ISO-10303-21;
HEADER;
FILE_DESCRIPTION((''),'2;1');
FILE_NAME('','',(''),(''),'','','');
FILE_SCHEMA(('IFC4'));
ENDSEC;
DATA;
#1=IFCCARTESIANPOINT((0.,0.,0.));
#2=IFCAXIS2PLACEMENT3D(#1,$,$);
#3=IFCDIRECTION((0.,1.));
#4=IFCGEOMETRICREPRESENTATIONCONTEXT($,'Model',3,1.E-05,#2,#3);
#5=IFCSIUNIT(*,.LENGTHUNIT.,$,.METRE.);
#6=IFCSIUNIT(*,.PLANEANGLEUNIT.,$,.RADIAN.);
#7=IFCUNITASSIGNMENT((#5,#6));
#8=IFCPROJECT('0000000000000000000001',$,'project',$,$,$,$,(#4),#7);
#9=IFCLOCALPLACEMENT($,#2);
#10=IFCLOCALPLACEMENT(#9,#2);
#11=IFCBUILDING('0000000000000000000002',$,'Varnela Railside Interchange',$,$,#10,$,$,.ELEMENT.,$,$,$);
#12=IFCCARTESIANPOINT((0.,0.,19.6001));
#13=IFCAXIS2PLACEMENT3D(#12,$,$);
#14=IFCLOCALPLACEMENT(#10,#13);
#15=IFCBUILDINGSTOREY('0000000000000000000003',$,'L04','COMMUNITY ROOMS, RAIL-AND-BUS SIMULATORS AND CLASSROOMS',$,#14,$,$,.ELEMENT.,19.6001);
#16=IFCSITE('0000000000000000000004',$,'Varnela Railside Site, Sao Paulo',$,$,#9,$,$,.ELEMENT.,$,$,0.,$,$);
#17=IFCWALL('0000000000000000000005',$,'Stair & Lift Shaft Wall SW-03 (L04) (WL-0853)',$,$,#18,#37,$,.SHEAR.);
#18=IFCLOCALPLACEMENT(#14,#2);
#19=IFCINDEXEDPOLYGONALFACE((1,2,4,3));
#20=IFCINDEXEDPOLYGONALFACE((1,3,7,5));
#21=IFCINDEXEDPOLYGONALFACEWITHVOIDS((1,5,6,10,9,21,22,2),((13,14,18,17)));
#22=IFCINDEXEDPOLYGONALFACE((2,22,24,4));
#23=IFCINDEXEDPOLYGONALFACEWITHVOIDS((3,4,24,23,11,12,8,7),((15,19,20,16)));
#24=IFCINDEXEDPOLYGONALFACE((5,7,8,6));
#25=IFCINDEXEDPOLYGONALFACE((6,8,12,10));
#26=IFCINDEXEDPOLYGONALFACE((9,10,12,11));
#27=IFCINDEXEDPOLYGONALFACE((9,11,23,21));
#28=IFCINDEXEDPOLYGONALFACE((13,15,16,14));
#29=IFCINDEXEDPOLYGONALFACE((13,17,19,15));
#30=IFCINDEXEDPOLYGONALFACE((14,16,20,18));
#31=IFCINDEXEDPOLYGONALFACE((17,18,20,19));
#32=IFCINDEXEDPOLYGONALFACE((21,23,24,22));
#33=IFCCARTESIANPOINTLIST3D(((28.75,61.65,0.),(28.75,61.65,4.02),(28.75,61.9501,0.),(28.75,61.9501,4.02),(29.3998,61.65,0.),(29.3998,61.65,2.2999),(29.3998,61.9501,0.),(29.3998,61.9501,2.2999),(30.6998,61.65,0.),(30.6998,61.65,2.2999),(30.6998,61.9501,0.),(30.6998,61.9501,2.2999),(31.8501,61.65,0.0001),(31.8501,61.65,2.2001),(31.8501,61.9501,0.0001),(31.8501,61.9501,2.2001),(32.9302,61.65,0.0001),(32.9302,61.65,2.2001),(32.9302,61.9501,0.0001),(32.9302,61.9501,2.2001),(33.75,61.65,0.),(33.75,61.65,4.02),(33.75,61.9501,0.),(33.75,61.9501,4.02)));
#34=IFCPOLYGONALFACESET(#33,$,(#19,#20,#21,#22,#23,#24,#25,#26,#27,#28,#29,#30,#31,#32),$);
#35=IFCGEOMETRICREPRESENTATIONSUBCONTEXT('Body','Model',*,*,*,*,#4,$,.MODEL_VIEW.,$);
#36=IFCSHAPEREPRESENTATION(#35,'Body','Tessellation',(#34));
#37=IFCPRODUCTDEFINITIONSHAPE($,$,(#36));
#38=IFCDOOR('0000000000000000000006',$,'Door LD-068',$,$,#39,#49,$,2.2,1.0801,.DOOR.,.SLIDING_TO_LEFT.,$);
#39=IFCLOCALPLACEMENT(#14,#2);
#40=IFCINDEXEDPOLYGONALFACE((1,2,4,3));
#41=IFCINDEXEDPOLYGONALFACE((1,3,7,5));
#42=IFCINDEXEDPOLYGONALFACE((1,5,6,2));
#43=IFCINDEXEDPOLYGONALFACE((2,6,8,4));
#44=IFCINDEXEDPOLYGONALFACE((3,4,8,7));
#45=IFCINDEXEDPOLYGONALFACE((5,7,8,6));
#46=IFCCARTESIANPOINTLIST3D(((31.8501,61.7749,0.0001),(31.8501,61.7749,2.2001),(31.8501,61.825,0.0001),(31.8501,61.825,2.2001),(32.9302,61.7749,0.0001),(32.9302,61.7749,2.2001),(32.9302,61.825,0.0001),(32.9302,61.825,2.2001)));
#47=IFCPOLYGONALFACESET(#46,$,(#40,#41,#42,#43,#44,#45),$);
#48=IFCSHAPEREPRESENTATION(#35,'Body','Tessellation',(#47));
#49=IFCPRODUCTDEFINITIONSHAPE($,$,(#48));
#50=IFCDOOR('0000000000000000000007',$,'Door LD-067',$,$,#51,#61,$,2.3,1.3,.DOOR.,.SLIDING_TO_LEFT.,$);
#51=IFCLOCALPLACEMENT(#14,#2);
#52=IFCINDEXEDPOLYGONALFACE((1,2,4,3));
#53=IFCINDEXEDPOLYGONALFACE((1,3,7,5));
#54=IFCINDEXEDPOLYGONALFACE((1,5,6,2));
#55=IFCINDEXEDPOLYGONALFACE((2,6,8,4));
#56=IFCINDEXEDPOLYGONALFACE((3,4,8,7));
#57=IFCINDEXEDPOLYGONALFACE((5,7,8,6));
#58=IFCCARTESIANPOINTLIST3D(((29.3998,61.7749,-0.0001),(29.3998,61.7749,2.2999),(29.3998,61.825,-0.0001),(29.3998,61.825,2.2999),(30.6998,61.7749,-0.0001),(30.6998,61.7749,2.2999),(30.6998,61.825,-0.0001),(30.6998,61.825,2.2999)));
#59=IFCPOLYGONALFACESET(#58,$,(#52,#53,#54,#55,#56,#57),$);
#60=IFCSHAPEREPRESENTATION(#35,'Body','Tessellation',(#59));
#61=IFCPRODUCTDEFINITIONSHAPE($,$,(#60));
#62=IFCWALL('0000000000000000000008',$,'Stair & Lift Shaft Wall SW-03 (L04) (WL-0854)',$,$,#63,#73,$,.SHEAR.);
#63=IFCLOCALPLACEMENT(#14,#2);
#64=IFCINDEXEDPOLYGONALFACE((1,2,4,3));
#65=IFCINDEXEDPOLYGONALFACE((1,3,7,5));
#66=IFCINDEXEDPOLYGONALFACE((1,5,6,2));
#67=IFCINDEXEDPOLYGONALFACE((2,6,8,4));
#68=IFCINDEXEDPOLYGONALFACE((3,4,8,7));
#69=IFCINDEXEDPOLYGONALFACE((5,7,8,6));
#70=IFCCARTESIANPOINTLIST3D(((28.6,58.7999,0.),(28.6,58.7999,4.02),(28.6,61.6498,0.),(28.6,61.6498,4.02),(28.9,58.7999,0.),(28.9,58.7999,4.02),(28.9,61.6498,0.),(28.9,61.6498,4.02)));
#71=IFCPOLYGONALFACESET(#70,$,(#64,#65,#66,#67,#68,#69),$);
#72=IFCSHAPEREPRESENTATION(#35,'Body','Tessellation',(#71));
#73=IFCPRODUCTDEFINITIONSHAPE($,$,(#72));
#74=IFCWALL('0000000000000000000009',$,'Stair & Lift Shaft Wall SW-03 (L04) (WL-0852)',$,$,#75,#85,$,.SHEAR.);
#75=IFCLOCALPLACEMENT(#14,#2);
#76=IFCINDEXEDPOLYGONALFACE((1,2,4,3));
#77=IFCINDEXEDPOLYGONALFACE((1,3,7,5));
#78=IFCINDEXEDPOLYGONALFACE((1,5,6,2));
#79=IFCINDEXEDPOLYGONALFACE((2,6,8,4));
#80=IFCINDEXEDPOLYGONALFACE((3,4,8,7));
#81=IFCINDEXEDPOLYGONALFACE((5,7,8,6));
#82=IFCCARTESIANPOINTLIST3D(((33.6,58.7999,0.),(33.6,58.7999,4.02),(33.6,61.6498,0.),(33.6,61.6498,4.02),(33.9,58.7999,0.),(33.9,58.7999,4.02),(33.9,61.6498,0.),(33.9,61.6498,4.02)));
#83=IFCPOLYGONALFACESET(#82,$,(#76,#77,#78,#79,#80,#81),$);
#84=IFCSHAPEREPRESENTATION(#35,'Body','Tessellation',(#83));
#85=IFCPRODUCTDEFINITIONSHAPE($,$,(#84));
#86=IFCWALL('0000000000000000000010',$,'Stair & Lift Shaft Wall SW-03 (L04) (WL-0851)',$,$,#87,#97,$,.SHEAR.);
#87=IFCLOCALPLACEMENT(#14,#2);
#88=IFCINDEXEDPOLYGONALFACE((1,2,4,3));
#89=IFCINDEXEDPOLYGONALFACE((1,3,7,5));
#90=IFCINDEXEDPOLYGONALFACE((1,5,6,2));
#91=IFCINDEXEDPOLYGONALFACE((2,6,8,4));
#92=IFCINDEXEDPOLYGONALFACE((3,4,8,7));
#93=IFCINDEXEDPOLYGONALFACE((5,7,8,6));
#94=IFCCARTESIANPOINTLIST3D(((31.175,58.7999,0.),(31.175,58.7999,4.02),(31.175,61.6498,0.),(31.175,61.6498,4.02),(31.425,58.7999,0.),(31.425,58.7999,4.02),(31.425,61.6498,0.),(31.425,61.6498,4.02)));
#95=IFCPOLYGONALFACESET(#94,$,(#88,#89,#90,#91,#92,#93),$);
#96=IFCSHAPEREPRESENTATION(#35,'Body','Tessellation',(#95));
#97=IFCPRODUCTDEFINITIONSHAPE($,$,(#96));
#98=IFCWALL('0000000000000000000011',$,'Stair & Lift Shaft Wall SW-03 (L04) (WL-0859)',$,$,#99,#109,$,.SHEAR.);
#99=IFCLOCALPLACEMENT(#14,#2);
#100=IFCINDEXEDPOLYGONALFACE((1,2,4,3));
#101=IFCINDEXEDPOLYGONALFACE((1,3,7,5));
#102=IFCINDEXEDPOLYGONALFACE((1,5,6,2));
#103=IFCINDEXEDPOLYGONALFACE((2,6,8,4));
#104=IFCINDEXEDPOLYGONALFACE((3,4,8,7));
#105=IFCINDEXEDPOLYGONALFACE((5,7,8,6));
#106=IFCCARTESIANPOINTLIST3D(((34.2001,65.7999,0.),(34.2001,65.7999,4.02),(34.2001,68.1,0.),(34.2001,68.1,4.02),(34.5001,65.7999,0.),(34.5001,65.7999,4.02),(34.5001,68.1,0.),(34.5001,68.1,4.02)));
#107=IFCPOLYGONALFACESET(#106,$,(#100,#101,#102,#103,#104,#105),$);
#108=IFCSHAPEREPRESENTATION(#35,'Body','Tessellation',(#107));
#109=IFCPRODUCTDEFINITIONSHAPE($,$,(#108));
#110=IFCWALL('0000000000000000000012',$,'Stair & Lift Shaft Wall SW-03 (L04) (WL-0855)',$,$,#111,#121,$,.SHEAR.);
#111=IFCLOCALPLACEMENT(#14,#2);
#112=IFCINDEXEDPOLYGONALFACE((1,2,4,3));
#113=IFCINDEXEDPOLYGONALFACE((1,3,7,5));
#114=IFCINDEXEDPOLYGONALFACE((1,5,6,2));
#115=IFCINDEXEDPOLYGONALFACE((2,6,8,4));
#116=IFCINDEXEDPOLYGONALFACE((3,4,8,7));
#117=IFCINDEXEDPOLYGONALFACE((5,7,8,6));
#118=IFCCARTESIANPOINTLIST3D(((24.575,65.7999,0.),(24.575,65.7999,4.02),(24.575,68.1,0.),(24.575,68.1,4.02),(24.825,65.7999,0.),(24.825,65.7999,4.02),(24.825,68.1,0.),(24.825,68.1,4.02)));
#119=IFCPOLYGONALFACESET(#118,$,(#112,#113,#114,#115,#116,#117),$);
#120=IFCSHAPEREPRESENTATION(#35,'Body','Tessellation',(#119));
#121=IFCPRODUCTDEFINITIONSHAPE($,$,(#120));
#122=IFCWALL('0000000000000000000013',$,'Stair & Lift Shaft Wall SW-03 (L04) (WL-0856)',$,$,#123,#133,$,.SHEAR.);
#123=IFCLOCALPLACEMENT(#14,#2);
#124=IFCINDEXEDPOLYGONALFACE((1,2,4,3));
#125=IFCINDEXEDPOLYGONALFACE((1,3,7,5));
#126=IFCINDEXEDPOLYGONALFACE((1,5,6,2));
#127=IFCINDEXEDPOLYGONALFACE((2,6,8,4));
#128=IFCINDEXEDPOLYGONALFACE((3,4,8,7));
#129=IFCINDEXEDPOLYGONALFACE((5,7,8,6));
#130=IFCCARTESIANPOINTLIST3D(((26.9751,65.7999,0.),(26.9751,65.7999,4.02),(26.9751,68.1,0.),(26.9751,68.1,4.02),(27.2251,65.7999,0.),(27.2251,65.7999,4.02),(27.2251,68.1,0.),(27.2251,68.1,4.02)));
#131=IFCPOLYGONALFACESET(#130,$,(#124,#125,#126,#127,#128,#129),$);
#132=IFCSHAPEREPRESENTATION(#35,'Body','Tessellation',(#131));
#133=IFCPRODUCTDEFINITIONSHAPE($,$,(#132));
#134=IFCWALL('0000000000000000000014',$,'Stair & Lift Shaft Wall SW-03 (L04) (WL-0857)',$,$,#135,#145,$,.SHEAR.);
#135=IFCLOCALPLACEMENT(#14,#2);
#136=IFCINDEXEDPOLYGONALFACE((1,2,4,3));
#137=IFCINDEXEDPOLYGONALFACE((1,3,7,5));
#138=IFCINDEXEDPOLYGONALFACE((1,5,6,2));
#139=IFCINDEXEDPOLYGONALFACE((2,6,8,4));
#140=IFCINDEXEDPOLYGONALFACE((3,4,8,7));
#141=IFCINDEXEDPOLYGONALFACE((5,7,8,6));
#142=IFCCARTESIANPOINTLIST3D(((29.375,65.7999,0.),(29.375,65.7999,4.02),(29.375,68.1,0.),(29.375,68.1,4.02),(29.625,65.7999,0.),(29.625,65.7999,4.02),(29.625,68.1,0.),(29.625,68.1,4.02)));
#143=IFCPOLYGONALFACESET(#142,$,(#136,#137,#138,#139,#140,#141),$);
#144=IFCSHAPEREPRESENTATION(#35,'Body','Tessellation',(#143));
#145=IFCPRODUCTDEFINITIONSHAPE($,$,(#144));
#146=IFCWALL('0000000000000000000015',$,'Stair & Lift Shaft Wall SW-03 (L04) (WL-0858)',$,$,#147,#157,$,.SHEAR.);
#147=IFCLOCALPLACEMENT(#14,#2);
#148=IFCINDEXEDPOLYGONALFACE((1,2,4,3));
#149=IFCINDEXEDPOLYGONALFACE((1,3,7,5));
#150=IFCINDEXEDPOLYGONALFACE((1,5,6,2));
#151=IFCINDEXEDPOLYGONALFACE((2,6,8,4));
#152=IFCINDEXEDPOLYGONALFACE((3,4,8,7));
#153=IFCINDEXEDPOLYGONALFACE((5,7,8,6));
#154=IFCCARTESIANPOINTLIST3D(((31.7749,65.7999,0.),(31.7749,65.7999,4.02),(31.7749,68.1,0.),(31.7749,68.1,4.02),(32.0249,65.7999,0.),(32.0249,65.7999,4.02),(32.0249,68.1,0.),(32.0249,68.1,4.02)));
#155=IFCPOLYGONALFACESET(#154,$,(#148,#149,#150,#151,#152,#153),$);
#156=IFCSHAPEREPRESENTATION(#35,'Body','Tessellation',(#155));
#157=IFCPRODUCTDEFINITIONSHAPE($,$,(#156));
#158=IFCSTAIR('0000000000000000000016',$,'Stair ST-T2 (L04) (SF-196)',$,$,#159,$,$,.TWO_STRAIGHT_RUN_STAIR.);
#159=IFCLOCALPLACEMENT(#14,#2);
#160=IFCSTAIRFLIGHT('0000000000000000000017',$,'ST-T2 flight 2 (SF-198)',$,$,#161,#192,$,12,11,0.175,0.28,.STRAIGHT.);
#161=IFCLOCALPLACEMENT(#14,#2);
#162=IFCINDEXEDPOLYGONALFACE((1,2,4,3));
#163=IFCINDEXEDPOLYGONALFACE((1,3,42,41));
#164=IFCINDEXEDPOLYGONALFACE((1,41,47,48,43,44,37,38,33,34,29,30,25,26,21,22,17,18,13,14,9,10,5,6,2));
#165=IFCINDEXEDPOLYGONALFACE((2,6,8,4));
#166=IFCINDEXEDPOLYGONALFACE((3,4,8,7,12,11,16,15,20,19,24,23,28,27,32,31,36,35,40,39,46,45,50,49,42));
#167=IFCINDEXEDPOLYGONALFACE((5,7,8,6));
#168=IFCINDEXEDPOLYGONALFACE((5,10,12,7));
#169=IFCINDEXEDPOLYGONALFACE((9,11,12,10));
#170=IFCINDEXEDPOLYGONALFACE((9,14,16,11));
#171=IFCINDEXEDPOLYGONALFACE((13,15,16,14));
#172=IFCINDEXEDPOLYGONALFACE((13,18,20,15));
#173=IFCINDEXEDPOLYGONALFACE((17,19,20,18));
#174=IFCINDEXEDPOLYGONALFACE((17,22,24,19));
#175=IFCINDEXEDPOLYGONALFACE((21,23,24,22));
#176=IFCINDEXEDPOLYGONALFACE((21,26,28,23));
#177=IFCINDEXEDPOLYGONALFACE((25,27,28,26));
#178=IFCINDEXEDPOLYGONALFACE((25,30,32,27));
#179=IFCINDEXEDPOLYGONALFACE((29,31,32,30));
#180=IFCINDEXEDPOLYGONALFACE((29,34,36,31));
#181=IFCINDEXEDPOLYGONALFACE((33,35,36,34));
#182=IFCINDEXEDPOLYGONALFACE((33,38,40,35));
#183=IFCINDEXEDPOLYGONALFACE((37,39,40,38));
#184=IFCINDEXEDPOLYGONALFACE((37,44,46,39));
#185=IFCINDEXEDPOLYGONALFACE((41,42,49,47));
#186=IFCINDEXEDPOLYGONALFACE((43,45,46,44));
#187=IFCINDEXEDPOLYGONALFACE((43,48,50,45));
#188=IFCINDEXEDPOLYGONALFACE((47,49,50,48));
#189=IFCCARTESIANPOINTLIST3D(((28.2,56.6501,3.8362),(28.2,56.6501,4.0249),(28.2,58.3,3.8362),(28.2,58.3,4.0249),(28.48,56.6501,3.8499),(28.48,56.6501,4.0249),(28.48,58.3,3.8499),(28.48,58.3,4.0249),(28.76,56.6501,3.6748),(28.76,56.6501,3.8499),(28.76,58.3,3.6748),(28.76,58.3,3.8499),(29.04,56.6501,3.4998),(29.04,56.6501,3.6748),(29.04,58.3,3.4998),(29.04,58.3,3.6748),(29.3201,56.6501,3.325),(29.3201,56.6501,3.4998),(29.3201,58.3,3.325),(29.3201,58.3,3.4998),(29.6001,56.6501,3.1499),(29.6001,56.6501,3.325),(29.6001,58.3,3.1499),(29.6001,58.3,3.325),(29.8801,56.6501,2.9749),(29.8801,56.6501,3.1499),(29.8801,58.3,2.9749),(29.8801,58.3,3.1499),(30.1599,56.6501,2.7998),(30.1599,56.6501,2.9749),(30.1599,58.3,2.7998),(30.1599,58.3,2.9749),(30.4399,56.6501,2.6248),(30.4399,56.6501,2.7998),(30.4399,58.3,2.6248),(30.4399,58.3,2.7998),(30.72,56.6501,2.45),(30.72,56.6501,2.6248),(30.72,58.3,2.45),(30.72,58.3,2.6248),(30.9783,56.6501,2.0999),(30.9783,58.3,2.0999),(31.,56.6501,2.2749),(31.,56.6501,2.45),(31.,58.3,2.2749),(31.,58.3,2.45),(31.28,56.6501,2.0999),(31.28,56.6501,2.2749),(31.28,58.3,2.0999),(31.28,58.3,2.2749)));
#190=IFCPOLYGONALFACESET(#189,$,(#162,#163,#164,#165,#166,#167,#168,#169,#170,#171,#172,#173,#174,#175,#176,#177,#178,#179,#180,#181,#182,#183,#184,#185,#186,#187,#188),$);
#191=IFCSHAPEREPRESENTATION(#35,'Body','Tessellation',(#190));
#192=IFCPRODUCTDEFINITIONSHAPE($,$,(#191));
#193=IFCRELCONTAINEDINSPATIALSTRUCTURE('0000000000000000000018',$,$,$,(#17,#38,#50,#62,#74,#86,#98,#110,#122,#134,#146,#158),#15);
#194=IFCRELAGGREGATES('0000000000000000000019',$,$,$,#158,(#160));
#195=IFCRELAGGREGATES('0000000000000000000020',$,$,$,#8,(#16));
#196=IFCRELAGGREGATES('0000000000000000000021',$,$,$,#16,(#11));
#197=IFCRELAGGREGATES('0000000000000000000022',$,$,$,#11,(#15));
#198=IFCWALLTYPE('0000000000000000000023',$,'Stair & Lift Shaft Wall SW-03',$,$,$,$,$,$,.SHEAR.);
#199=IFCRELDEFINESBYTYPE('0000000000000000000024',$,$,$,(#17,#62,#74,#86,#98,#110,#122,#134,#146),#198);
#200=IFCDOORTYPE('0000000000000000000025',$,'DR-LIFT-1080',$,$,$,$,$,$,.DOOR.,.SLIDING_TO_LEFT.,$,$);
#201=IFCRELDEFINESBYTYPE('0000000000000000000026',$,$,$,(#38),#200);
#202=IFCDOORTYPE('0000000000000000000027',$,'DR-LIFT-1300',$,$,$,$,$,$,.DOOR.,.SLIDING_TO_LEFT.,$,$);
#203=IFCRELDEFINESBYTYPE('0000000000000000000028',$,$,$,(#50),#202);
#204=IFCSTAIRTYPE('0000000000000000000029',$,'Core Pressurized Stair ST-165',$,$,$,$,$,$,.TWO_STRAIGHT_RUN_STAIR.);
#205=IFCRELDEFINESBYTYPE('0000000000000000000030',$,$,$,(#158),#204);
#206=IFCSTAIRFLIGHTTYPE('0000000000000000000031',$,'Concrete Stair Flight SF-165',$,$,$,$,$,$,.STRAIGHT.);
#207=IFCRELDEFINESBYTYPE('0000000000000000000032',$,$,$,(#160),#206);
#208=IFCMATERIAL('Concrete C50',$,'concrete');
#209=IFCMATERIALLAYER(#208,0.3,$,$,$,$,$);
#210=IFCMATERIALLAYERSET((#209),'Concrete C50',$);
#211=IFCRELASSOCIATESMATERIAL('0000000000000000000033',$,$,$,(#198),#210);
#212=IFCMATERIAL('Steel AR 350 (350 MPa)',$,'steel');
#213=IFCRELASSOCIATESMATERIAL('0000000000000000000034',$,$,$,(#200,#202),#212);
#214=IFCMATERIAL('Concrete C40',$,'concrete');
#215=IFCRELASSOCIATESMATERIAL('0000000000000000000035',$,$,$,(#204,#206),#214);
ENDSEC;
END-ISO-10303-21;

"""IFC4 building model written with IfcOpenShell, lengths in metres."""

from ifc_helpers import new_model, si_unit, direction, frame, frame_2d, origin, place, context, subcontext, project, spatial, polyline, rectangle, outline, extrude, material, layer, layer_set, type_object, element, fill, aggregate, save


model = new_model("IFC4")

# Units and contexts
model_context = context("Model", 3, precision=1e-05, world=origin(), true_north=direction((0.0, 1.0)))
body_context = subcontext(model_context, "Body", "Model", "MODEL_VIEW")
ifc_project = project(units=[si_unit("LENGTHUNIT", "METRE"), si_unit("PLANEANGLEUNIT", "RADIAN")], contexts=[model_context])

# Site, building, storey
site_placement = place(None, origin())
site = spatial("IfcSite", under=ifc_project, at=site_placement, Name="Varnela Railside Site, Sao Paulo", CompositionType="ELEMENT", RefElevation=0.0)
building_placement = place(site_placement, origin())
building = spatial("IfcBuilding", under=site, at=building_placement, Name="Varnela Railside Interchange", CompositionType="ELEMENT")
storey_placement = place(building_placement, frame((0.0, 0.0, 19.6001)))
storey = spatial("IfcBuildingStorey", under=building, at=storey_placement, Name="L04", Description="COMMUNITY ROOMS, RAIL-AND-BUS SIMULATORS AND CLASSROOMS", CompositionType="ELEMENT", Elevation=19.6001)

# Shared definitions
ifc_material_1 = material(Name="Steel AR 350 (350 MPa)", Category="steel")

# Shared definitions
ifc_material_2 = material(Name="Concrete C50", Category="concrete")
ifc_layer_1 = layer(ifc_material_2, 0.3)
ifc_layer_set_1 = layer_set([ifc_layer_1], Name="Concrete C50")
wall_type_1 = type_object("IfcWallType", Name="Stair & Lift Shaft Wall SW-03", PredefinedType="SHEAR", material=ifc_layer_set_1)

# Wall, openings, doors
wall_1_placement = place(storey_placement, frame((28.75, 61.8, 0.0), z_axis=(0.0, 0.0, 1.0), x_axis=(1.0, 0.0, 0.0)))
wall_1 = element("IfcWall", 1, at=wall_1_placement, inside=storey, type_object=wall_type_1, Name="Stair & Lift Shaft Wall SW-03 (L04) (WL-0853)", PredefinedType="SHEAR", context=body_context, shape_type="SweptSolid", body=[
    extrude(rectangle(XDim=5.0, YDim=0.3, at=frame_2d((2.5, 0.0))), origin(), (0.0, 0.0, 1.0), 4.02),
])
opening_1_placement = place(wall_1_placement, frame((0.6499, 0.0, 0.0)))
opening_1 = element("IfcOpeningElement", 2, at=opening_1_placement, cuts=wall_1, PredefinedType="OPENING", context=body_context, shape_type="SweptSolid", body=[
    extrude(rectangle(XDim=1.3, YDim=2.3, at=frame_2d((0.6499, 1.1499))), frame((0.0, 0.1599, 0.0), z_axis=(0.0, -1.0, 0.0), x_axis=(1.0, 0.0, 0.0)), (0.0, 0.0, 1.0), 0.3201),
])
opening_2_placement = place(wall_1_placement, frame((3.1001, 0.0, 0.0)))
opening_2 = element("IfcOpeningElement", 3, at=opening_2_placement, cuts=wall_1, PredefinedType="OPENING", context=body_context, shape_type="SweptSolid", body=[
    extrude(rectangle(XDim=1.0801, YDim=2.2, at=frame_2d((0.54, 1.1001))), frame((0.0, 0.1599, 0.0), z_axis=(0.0, -1.0, 0.0), x_axis=(1.0, 0.0, 0.0)), (0.0, 0.0, 1.0), 0.3201),
])
door_type_1 = type_object("IfcDoorType", Name="DR-LIFT-1080", OperationType="SLIDING_TO_LEFT", PredefinedType="DOOR", material=ifc_material_1)
door_1_placement = place(opening_2_placement, origin())
door_1 = element("IfcDoor", 4, at=door_1_placement, inside=storey, type_object=door_type_1, Name="Door LD-068", OperationType="SLIDING_TO_LEFT", OverallHeight=2.2, OverallWidth=1.0801, PredefinedType="DOOR", context=body_context, shape_type="SweptSolid", body=[
    extrude(rectangle(XDim=1.0801, YDim=2.2, at=frame_2d((0.54, 1.1001))), frame((0.0, 0.0249, 0.0), z_axis=(0.0, -1.0, 0.0), x_axis=(1.0, 0.0, 0.0)), (0.0, 0.0, 1.0), 0.05),
])
fill(opening_2, door_1)
door_type_2 = type_object("IfcDoorType", Name="DR-LIFT-1300", OperationType="SLIDING_TO_LEFT", PredefinedType="DOOR", material=ifc_material_1)
door_2_placement = place(opening_1_placement, origin())
door_2 = element("IfcDoor", 5, at=door_2_placement, inside=storey, type_object=door_type_2, Name="Door LD-067", OperationType="SLIDING_TO_LEFT", OverallHeight=2.3, OverallWidth=1.3, PredefinedType="DOOR", context=body_context, shape_type="SweptSolid", body=[
    extrude(rectangle(XDim=1.3, YDim=2.3, at=frame_2d((0.6499, 1.1499))), frame((0.0, 0.0249, 0.0), z_axis=(0.0, -1.0, 0.0), x_axis=(1.0, 0.0, 0.0)), (0.0, 0.0, 1.0), 0.05),
])
fill(opening_1, door_2)

# Walls
for number, where, z_axis, x_axis, name in (
    (6, (28.75, 58.8, 0.0), (0.0, 0.0, 1.0), (0.0, 1.0, 0.0), "Stair & Lift Shaft Wall SW-03 (L04) (WL-0854)"),
    (7, (33.75, 58.8, 0.0), (0.0, 0.0, 1.0), (0.0, 1.0, 0.0), "Stair & Lift Shaft Wall SW-03 (L04) (WL-0852)"),
):
    element("IfcWall", number, at=place(storey_placement, frame(where, z_axis=z_axis, x_axis=x_axis)), inside=storey, type_object=wall_type_1, Name=name, PredefinedType="SHEAR", context=body_context, shape_type="SweptSolid", body=[
        extrude(rectangle(XDim=2.8499, YDim=0.3, at=frame_2d((1.4248, 0.0))), origin(), (0.0, 0.0, 1.0), 4.02),
    ])
wall_2_placement = place(storey_placement, frame((31.3, 58.8, 0.0), z_axis=(0.0, 0.0, 1.0), x_axis=(0.0, 1.0, 0.0)))
element("IfcWall", 8, at=wall_2_placement, inside=storey, type_object=wall_type_1, Name="Stair & Lift Shaft Wall SW-03 (L04) (WL-0851)", PredefinedType="SHEAR", context=body_context, shape_type="SweptSolid", body=[
    extrude(rectangle(XDim=2.8499, YDim=0.25, at=frame_2d((1.4248, 0.0))), origin(), (0.0, 0.0, 1.0), 4.02),
])
wall_3_placement = place(storey_placement, frame((34.3501, 65.8, 0.0), z_axis=(0.0, 0.0, 1.0), x_axis=(0.0, 1.0, 0.0)))
element("IfcWall", 9, at=wall_3_placement, inside=storey, type_object=wall_type_1, Name="Stair & Lift Shaft Wall SW-03 (L04) (WL-0859)", PredefinedType="SHEAR", context=body_context, shape_type="SweptSolid", body=[
    extrude(rectangle(XDim=2.3, YDim=0.3, at=frame_2d((1.1499, 0.0))), origin(), (0.0, 0.0, 1.0), 4.02),
])
for number, where, z_axis, x_axis, name in (
    (10, (24.7, 65.8, 0.0), (0.0, 0.0, 1.0), (0.0, 1.0, 0.0), "Stair & Lift Shaft Wall SW-03 (L04) (WL-0855)"),
    (11, (27.1001, 65.8, 0.0), (0.0, 0.0, 1.0), (0.0, 1.0, 0.0), "Stair & Lift Shaft Wall SW-03 (L04) (WL-0856)"),
    (12, (29.5, 65.8, 0.0), (0.0, 0.0, 1.0), (0.0, 1.0, 0.0), "Stair & Lift Shaft Wall SW-03 (L04) (WL-0857)"),
    (13, (31.8999, 65.8, 0.0), (0.0, 0.0, 1.0), (0.0, 1.0, 0.0), "Stair & Lift Shaft Wall SW-03 (L04) (WL-0858)"),
):
    element("IfcWall", number, at=place(storey_placement, frame(where, z_axis=z_axis, x_axis=x_axis)), inside=storey, type_object=wall_type_1, Name=name, PredefinedType="SHEAR", context=body_context, shape_type="SweptSolid", body=[
        extrude(rectangle(XDim=2.3, YDim=0.25, at=frame_2d((1.1499, 0.0))), origin(), (0.0, 0.0, 1.0), 4.02),
    ])

# Stair, stair flight
ifc_material_3 = material(Name="Concrete C40", Category="concrete")
stair_type = type_object("IfcStairType", Name="Core Pressurized Stair ST-165", PredefinedType="TWO_STRAIGHT_RUN_STAIR", material=ifc_material_3)
stair_placement = place(storey_placement, origin())
stair = element("IfcStair", 14, at=stair_placement, inside=storey, type_object=stair_type, Name="Stair ST-T2 (L04) (SF-196)", PredefinedType="TWO_STRAIGHT_RUN_STAIR")
stair_flight_type = type_object("IfcStairFlightType", Name="Concrete Stair Flight SF-165", PredefinedType="STRAIGHT", material=ifc_material_3)
stair_flight_placement = place(storey_placement, frame((31.28, 57.4751, 2.0999), z_axis=(0.0, 0.0, 1.0), x_axis=(-1.0, 0.0, 0.0)))
stair_flight = element("IfcStairFlight", 15, at=stair_flight_placement, type_object=stair_flight_type, Name="ST-T2 flight 2 (SF-198)", NumberOfRisers=12, NumberOfTreads=11, PredefinedType="STRAIGHT", RiserHeight=0.175, TreadLength=0.28, context=body_context, shape_type="SweptSolid", body=[
    extrude(outline(polyline([(0.0, 0.0), (0.0, 0.175), (0.28, 0.175), (0.28, 0.3501), (0.5601, 0.3501), (0.5601, 0.5249), (0.8401, 0.5249), (0.8401, 0.7), (1.1201, 0.7), (1.1201, 0.875), (1.3999, 0.875), (1.3999, 1.05), (1.6799, 1.05), (1.6799, 1.2251), (1.96, 1.2251), (1.96, 1.3999), (2.24, 1.3999), (2.24, 1.575), (2.52, 1.575), (2.52, 1.75), (2.8, 1.75), (2.8, 1.925), (3.0801, 1.925), (3.0801, 2.1001), (3.0801, 1.7363), (0.3018, 0.0), (0.0, 0.0)])), frame((0.0, 0.825, 0.0), z_axis=(0.0, -1.0, 0.0), x_axis=(1.0, 0.0, 0.0)), (0.0, 0.0, 1.0), 1.6499),
])
aggregate(stair, [stair_flight])

save(model, "model.ifc")
